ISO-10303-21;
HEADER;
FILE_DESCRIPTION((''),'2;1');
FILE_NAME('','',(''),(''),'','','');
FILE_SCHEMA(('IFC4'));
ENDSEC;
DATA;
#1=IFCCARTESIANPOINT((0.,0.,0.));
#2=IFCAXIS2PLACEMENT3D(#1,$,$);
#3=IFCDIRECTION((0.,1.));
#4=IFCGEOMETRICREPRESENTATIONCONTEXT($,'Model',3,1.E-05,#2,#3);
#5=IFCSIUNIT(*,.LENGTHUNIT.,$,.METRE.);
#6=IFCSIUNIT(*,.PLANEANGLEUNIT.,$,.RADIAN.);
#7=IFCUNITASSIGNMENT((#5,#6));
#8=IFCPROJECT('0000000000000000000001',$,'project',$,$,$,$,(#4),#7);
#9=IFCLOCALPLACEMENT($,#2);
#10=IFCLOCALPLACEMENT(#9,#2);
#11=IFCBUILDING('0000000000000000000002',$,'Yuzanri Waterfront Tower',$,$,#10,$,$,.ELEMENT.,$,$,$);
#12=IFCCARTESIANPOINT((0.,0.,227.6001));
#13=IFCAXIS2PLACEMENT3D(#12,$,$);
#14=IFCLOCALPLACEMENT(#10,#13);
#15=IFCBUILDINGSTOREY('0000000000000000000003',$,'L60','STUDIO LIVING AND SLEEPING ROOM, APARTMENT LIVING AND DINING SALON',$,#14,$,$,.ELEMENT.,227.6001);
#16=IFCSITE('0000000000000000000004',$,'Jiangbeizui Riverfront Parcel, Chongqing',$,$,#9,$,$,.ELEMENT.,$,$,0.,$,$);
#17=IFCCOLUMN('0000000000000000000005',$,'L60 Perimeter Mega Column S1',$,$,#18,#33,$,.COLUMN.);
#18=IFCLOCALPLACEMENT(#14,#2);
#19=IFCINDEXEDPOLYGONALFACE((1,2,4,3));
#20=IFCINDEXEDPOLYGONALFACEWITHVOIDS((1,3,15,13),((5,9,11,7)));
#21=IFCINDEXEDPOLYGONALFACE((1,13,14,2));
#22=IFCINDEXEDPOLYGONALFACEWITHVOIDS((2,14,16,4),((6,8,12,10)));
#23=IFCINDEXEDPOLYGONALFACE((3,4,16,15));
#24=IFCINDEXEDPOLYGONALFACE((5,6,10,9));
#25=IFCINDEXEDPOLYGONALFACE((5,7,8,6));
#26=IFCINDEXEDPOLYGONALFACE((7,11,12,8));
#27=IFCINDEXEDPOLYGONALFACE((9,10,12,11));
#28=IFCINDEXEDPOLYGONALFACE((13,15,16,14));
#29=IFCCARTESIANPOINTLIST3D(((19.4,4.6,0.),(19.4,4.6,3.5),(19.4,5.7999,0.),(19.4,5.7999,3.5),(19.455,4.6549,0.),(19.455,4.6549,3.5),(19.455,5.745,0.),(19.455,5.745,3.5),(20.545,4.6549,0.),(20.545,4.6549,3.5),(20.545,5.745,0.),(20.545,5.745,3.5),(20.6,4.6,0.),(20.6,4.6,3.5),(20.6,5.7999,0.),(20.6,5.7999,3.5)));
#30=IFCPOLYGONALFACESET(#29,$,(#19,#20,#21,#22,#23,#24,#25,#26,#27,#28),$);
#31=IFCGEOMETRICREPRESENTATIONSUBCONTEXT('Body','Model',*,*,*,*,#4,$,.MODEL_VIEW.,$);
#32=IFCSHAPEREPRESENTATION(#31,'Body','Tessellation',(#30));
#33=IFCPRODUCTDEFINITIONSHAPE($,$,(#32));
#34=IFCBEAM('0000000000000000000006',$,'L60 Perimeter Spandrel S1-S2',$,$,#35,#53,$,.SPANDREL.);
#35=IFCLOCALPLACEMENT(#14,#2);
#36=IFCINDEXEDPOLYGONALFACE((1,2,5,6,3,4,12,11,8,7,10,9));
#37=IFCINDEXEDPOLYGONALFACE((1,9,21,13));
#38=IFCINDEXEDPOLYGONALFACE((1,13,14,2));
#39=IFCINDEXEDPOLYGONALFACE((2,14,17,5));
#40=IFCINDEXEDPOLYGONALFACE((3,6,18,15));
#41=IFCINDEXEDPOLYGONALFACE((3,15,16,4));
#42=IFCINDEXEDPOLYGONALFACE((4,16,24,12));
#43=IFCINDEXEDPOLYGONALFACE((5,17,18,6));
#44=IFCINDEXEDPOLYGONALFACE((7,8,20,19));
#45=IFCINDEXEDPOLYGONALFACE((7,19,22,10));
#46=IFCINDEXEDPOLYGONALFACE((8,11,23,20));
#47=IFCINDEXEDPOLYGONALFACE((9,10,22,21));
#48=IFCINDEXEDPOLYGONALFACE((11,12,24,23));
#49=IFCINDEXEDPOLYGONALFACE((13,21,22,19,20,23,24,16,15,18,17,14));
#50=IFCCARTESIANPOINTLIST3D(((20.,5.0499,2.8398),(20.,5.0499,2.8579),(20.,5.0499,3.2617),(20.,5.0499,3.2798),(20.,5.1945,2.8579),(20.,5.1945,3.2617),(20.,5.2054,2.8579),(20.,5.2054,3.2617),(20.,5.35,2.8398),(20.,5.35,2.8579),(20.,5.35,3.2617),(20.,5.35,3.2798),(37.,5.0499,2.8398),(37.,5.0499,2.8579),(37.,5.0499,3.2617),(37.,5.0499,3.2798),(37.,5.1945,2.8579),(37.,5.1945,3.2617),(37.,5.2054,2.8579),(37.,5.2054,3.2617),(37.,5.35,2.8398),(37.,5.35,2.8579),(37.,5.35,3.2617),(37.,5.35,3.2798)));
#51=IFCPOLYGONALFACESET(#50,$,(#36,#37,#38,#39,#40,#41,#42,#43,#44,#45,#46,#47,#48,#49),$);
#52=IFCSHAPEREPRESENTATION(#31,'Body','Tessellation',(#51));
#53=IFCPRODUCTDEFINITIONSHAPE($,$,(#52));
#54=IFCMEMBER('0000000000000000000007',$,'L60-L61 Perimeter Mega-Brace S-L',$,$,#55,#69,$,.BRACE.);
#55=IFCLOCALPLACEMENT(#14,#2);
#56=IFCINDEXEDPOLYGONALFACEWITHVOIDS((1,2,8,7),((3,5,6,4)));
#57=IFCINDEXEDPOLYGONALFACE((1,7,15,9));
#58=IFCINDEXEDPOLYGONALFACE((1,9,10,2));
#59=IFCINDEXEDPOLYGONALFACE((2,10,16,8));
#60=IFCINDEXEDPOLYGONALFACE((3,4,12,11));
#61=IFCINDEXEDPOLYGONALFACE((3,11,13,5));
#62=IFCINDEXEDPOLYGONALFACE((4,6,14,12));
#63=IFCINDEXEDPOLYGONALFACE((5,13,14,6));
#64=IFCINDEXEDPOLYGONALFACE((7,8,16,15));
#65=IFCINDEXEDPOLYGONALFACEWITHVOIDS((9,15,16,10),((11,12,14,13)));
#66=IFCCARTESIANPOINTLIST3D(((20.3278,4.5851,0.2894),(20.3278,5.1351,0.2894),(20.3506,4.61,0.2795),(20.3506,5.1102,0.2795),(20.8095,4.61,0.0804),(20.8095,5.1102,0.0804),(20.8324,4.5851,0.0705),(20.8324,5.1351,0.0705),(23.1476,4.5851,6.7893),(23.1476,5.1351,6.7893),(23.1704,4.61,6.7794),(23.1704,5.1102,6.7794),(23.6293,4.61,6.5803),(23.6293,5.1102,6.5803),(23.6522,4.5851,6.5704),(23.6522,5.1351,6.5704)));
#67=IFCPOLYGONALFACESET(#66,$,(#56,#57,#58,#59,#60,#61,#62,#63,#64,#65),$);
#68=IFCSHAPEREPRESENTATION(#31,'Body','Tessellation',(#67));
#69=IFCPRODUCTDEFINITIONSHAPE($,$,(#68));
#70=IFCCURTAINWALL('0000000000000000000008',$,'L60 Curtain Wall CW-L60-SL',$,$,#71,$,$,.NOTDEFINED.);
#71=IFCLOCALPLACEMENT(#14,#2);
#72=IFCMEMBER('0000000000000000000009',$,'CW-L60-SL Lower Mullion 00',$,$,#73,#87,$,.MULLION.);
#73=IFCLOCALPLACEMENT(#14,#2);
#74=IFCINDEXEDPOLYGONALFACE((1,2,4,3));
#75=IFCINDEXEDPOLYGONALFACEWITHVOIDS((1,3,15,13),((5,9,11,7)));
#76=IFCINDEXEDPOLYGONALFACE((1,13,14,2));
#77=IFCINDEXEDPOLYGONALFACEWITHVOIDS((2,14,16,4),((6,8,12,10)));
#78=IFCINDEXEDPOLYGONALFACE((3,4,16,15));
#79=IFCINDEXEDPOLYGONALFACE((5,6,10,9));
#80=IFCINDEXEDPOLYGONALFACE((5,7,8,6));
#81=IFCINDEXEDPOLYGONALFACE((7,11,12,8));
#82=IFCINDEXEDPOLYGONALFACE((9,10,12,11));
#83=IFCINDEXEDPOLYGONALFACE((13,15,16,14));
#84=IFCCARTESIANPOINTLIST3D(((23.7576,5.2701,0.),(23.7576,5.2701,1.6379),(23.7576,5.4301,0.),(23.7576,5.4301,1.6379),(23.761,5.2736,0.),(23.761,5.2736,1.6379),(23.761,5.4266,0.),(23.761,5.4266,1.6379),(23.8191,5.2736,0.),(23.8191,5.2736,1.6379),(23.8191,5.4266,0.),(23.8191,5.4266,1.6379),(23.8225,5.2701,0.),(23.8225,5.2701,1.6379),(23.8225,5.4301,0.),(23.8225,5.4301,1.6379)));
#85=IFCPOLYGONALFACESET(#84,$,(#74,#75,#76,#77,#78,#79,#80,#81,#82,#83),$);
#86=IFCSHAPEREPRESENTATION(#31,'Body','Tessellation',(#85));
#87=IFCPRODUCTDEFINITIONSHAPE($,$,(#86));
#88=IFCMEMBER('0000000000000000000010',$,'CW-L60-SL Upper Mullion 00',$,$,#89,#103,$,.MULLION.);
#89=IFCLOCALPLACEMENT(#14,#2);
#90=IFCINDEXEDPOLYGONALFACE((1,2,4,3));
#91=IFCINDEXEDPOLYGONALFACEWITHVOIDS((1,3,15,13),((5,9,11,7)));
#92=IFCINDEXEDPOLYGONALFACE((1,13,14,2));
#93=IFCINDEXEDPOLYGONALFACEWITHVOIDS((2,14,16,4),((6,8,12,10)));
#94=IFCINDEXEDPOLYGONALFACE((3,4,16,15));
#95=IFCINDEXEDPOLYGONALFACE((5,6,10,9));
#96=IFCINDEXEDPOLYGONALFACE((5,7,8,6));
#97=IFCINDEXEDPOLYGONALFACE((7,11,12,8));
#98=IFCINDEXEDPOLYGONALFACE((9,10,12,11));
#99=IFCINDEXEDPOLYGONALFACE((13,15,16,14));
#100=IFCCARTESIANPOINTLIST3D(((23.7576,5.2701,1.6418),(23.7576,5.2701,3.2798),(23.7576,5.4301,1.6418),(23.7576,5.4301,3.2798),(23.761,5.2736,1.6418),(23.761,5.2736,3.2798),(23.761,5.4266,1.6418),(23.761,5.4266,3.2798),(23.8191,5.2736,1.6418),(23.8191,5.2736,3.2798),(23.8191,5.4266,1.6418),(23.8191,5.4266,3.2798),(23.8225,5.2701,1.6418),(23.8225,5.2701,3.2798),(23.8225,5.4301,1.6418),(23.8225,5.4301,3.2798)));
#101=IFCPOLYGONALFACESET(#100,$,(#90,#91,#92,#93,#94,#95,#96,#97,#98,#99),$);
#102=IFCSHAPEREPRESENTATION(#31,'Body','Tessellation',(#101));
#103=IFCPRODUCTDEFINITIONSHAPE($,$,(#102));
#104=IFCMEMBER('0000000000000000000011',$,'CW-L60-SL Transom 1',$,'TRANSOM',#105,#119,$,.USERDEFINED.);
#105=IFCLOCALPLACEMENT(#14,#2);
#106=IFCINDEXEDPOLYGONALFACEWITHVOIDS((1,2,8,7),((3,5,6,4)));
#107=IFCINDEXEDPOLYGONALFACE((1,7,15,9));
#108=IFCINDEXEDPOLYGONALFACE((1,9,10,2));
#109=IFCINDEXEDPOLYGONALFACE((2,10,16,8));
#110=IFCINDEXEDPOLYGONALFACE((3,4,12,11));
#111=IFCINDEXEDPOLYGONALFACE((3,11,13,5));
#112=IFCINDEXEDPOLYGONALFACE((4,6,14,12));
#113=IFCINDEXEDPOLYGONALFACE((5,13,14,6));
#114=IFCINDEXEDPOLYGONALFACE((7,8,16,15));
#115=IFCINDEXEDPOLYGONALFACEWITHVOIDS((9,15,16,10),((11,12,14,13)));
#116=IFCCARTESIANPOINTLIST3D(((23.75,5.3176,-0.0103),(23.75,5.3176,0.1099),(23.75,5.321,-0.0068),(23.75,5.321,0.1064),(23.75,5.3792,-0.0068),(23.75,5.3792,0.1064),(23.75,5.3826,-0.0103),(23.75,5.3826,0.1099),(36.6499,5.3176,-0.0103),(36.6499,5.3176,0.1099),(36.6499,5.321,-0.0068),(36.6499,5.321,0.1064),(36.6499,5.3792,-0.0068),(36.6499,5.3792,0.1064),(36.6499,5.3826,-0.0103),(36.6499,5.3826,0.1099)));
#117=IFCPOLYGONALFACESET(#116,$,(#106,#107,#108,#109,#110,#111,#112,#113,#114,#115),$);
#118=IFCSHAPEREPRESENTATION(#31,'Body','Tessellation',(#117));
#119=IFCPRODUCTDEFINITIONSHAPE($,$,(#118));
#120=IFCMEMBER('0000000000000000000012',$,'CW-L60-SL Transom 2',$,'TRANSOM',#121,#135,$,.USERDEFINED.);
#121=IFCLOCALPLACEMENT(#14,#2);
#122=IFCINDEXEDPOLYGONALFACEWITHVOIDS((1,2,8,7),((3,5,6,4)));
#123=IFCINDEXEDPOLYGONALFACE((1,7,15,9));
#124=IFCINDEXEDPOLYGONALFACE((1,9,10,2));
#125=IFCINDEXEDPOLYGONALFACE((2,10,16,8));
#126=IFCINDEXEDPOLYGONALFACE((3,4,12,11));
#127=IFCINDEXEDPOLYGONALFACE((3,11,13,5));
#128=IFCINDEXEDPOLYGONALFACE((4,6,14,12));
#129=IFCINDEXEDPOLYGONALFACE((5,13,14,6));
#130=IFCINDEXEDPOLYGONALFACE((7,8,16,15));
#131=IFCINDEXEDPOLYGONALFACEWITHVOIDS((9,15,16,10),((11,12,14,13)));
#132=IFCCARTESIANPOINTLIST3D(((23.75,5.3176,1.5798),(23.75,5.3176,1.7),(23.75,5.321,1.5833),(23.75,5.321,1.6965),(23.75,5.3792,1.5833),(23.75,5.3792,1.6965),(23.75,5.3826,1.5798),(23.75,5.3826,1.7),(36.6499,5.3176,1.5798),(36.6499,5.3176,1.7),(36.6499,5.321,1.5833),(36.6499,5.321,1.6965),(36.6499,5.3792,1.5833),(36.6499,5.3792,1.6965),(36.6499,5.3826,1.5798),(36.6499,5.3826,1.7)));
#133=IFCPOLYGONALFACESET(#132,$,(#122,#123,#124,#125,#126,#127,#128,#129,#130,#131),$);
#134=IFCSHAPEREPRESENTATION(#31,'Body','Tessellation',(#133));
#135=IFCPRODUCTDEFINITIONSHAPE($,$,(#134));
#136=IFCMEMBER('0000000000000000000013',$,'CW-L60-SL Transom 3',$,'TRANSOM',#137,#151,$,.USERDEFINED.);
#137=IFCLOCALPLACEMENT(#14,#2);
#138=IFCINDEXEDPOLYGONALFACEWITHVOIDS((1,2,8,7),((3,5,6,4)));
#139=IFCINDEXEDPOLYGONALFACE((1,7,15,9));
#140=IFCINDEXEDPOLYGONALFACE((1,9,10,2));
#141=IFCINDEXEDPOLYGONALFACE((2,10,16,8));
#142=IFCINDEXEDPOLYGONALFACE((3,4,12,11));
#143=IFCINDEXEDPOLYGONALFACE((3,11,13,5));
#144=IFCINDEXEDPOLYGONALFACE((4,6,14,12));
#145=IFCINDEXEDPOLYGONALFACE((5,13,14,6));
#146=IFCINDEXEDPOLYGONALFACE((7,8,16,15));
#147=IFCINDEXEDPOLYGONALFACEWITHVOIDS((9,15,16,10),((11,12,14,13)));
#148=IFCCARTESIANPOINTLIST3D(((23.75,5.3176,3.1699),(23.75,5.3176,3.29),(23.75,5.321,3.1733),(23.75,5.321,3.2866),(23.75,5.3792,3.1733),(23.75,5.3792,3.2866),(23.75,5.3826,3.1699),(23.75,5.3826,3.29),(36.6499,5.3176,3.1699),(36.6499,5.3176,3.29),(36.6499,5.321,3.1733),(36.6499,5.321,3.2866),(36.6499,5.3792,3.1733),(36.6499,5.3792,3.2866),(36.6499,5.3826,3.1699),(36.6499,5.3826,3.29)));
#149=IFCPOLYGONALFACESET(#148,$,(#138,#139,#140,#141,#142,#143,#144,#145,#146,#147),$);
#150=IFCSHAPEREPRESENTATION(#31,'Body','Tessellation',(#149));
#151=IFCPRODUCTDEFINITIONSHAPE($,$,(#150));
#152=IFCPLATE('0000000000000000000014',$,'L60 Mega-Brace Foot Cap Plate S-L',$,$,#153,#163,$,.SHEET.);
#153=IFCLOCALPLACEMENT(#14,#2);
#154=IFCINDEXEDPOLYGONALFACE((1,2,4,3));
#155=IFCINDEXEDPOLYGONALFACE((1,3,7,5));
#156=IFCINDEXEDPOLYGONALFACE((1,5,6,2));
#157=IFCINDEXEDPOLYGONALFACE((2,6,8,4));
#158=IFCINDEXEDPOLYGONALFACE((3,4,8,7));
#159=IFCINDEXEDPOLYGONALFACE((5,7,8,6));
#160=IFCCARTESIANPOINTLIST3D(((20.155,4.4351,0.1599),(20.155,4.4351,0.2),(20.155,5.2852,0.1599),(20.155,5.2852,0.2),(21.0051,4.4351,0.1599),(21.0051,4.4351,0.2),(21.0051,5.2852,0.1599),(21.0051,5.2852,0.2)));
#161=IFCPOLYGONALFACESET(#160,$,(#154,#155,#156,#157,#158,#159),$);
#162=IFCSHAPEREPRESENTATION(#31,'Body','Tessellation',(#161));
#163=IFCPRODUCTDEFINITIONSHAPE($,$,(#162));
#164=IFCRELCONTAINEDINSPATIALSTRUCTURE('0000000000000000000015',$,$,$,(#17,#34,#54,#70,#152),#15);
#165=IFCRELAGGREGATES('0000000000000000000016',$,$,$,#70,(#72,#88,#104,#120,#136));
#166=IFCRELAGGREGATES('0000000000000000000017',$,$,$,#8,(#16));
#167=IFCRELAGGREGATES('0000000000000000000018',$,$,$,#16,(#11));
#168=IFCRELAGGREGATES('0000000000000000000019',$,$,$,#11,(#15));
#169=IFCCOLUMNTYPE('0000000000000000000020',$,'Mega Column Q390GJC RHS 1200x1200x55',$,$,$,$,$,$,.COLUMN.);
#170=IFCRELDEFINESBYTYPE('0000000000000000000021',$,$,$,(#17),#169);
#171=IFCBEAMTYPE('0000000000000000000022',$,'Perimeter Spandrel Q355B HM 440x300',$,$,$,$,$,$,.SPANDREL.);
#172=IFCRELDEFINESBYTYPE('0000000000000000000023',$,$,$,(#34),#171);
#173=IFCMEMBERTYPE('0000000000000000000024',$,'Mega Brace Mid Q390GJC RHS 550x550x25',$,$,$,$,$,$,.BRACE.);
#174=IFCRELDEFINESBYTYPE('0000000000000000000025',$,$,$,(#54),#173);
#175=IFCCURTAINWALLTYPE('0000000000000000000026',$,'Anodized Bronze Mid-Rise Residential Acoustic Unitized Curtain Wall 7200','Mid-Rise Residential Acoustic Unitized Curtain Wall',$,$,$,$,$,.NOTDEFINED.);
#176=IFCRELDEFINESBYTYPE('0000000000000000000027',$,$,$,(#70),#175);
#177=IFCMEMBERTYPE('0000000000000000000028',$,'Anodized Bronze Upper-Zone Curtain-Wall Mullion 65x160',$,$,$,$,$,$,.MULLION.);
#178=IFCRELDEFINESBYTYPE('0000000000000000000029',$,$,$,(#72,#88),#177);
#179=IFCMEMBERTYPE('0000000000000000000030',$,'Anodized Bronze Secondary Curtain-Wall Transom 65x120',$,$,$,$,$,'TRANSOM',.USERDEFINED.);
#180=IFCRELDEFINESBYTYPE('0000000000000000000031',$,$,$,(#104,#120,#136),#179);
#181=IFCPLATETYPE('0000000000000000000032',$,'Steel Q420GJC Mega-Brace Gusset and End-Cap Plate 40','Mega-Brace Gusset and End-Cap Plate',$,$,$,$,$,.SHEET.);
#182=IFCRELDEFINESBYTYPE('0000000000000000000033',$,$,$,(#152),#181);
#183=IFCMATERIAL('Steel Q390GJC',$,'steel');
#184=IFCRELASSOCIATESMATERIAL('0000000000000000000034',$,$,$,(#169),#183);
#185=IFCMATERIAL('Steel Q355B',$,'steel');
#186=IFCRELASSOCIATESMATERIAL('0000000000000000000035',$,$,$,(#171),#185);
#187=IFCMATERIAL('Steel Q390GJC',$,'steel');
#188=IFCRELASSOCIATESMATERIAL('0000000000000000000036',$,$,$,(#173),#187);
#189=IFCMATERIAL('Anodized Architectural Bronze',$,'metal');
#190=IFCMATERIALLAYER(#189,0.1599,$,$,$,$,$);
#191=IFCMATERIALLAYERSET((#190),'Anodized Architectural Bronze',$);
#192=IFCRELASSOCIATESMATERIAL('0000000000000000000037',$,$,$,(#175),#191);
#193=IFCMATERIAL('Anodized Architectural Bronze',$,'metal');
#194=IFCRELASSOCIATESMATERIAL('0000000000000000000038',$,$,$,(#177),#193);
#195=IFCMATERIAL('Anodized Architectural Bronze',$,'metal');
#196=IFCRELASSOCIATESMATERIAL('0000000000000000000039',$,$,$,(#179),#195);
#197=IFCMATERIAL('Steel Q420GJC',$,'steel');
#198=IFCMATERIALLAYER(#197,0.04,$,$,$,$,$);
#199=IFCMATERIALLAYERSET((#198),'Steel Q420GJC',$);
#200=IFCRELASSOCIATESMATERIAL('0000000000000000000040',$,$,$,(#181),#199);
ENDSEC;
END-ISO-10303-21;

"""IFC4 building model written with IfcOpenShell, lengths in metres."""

from ifc_helpers import new_model, si_unit, direction, frame, origin, origin_2d, place, context, subcontext, project, spatial, rectangle, hollow_rectangle, i_section, extrude, source, transform, mapped, material, layer, layer_set, material_profile, profile_set, type_object, element, aggregate, save


model = new_model("IFC4")

# Units and contexts
model_context = context("Model", 3, precision=1e-05, world=origin(), true_north=direction((0.0, 1.0)))
body_context = subcontext(model_context, "Body", "Model", "MODEL_VIEW")
ifc_project = project(units=[si_unit("LENGTHUNIT", "METRE"), si_unit("PLANEANGLEUNIT", "RADIAN")], contexts=[model_context])

# Site, building, storey
site_placement = place(None, origin())
site = spatial("IfcSite", under=ifc_project, at=site_placement, Name="Jiangbeizui Riverfront Parcel, Chongqing", CompositionType="ELEMENT", RefElevation=0.0)
building_placement = place(site_placement, origin())
building = spatial("IfcBuilding", under=site, at=building_placement, Name="Yuzanri Waterfront Tower", CompositionType="ELEMENT")
storey_placement = place(building_placement, frame((0.0, 0.0, 227.6001)))
storey = spatial("IfcBuildingStorey", under=building, at=storey_placement, Name="L60", Description="STUDIO LIVING AND SLEEPING ROOM, APARTMENT LIVING AND DINING SALON", CompositionType="ELEMENT", Elevation=227.6001)

# Column
ifc_material_1 = material(Name="Steel Q390GJC", Category="steel")
ifc_material_profile_1 = material_profile(ifc_material_1, hollow_rectangle(XDim=1.2, YDim=1.2, WallThickness=0.0549, at=origin_2d()), Name="RHS 1200x1200x55")
ifc_profile_set_1 = profile_set([ifc_material_profile_1], Name="Steel Q390GJC")
column_type = type_object("IfcColumnType", Name="Mega Column Q390GJC RHS 1200x1200x55", PredefinedType="COLUMN", material=ifc_profile_set_1)
shared_shape_1 = source(origin(), body_context, "Body", "SweptSolid", [
    extrude(hollow_rectangle(XDim=1.2, YDim=1.2, WallThickness=0.0549, at=origin_2d()), origin(), (0.0, 0.0, 1.0), 3.5),
])
column_placement = place(storey_placement, frame((20.0, 5.2, 0.0), z_axis=(0.0, 0.0, 1.0), x_axis=(1.0, 0.0, 0.0)))
element("IfcColumn", 1, at=column_placement, inside=storey, type_object=column_type, Name="L60 Perimeter Mega Column S1", PredefinedType="COLUMN", context=body_context, shape_type="MappedRepresentation", body=[
    mapped(shared_shape_1, transform((0.0, 0.0, 0.0), scale=1.0)),
])

# Beam
ifc_material_2 = material(Name="Steel Q355B", Category="steel")
ifc_material_profile_2 = material_profile(ifc_material_2, i_section(OverallWidth=0.3, OverallDepth=0.4399, WebThickness=0.011, FlangeThickness=0.0181, at=origin_2d()), Name="HM 440x300x11x18")
ifc_profile_set_2 = profile_set([ifc_material_profile_2], Name="Steel Q355B")
beam_type = type_object("IfcBeamType", Name="Perimeter Spandrel Q355B HM 440x300", PredefinedType="SPANDREL", material=ifc_profile_set_2)
shared_shape_2 = source(origin(), body_context, "Body", "SweptSolid", [
    extrude(i_section(OverallWidth=0.3, OverallDepth=0.4399, WebThickness=0.011, FlangeThickness=0.0181, at=origin_2d()), origin(), (0.0, 0.0, 1.0), 17.0),
])
beam_placement = place(storey_placement, frame((20.0, 5.2, 3.0598), z_axis=(1.0, 0.0, 0.0), x_axis=(0.0, 1.0, 0.0)))
element("IfcBeam", 2, at=beam_placement, inside=storey, type_object=beam_type, Name="L60 Perimeter Spandrel S1-S2", PredefinedType="SPANDREL", context=body_context, shape_type="MappedRepresentation", body=[
    mapped(shared_shape_2, transform((0.0, 0.0, 0.0), scale=1.0)),
])

# Member
ifc_material_3 = material(Name="Steel Q390GJC", Category="steel")
ifc_material_profile_3 = material_profile(ifc_material_3, hollow_rectangle(XDim=0.55, YDim=0.55, WallThickness=0.0249, at=origin_2d()), Name="RHS 550x550x25")
ifc_profile_set_3 = profile_set([ifc_material_profile_3], Name="Steel Q390GJC")
member_type_1 = type_object("IfcMemberType", Name="Mega Brace Mid Q390GJC RHS 550x550x25", PredefinedType="BRACE", material=ifc_profile_set_3)
shared_shape_3 = source(origin(), body_context, "Body", "SweptSolid", [
    extrude(hollow_rectangle(XDim=0.55, YDim=0.55, WallThickness=0.0249, at=origin_2d()), origin(), (0.0, 0.0, 1.0), 7.0852),
])
member_1_placement = place(storey_placement, frame((20.5801, 4.8601, 0.1799), z_axis=(0.397983, 0.0, 0.917393), x_axis=(0.0, 1.0, 0.0)))
element("IfcMember", 3, at=member_1_placement, inside=storey, type_object=member_type_1, Name="L60-L61 Perimeter Mega-Brace S-L", PredefinedType="BRACE", context=body_context, shape_type="MappedRepresentation", body=[
    mapped(shared_shape_3, transform((0.0, 0.0, 0.0), scale=1.0)),
])

# Curtain wall, members
ifc_material_4 = material(Name="Anodized Architectural Bronze", Category="metal")
ifc_layer_1 = layer(ifc_material_4, 0.1599)
ifc_layer_set_1 = layer_set([ifc_layer_1], Name="Anodized Architectural Bronze")
curtain_wall_type = type_object("IfcCurtainWallType", Name="Anodized Bronze Mid-Rise Residential Acoustic Unitized Curtain Wall 7200", Description="Mid-Rise Residential Acoustic Unitized Curtain Wall", PredefinedType="NOTDEFINED", material=ifc_layer_set_1)
curtain_wall_1_placement = place(storey_placement, origin())
curtain_wall_1 = element("IfcCurtainWall", 4, at=curtain_wall_1_placement, inside=storey, type_object=curtain_wall_type, Name="L60 Curtain Wall CW-L60-SL", PredefinedType="NOTDEFINED")
ifc_material_5 = material(Name="Anodized Architectural Bronze", Category="metal")
ifc_material_profile_4 = material_profile(ifc_material_5, hollow_rectangle(XDim=0.0649, YDim=0.1599, WallThickness=0.0034, at=origin_2d()), Name="CWM 65x160")
ifc_profile_set_4 = profile_set([ifc_material_profile_4], Name="Anodized Architectural Bronze")
member_type_2 = type_object("IfcMemberType", Name="Anodized Bronze Upper-Zone Curtain-Wall Mullion 65x160", PredefinedType="MULLION", material=ifc_profile_set_4)
shared_shape_4 = source(origin(), body_context, "Body", "SweptSolid", [
    extrude(hollow_rectangle(XDim=0.0649, YDim=0.1599, WallThickness=0.0034, at=origin_2d()), origin(), (0.0, 0.0, 1.0), 1.6379),
])
member_2_placement = place(storey_placement, frame((23.79, 5.3501, 0.0), z_axis=(0.0, 0.0, 1.0), x_axis=(1.0, 0.0, 0.0)))
member_2 = element("IfcMember", 5, at=member_2_placement, type_object=member_type_2, Name="CW-L60-SL Lower Mullion 00", PredefinedType="MULLION", context=body_context, shape_type="MappedRepresentation", body=[
    mapped(shared_shape_4, transform((0.0, 0.0, 0.0), scale=1.0)),
])
member_3_placement = place(storey_placement, frame((23.79, 5.3501, 1.6418), z_axis=(0.0, 0.0, 1.0), x_axis=(1.0, 0.0, 0.0)))
member_3 = element("IfcMember", 6, at=member_3_placement, type_object=member_type_2, Name="CW-L60-SL Upper Mullion 00", PredefinedType="MULLION", context=body_context, shape_type="MappedRepresentation", body=[
    mapped(shared_shape_4, transform((0.0, 0.0, 0.0), scale=1.0)),
])
ifc_material_6 = material(Name="Anodized Architectural Bronze", Category="metal")
ifc_material_profile_5 = material_profile(ifc_material_6, hollow_rectangle(XDim=0.0649, YDim=0.1201, WallThickness=0.0034, at=origin_2d()), Name="CWT 65x120")
ifc_profile_set_5 = profile_set([ifc_material_profile_5], Name="Anodized Architectural Bronze")
member_type_3 = type_object("IfcMemberType", Name="Anodized Bronze Secondary Curtain-Wall Transom 65x120", ElementType="TRANSOM", PredefinedType="USERDEFINED", material=ifc_profile_set_5)
shared_shape_5 = source(origin(), body_context, "Body", "SweptSolid", [
    extrude(hollow_rectangle(XDim=0.0649, YDim=0.1201, WallThickness=0.0034, at=origin_2d()), origin(), (0.0, 0.0, 1.0), 12.8999),
])
member_4_placement = place(storey_placement, frame((23.75, 5.3501, 0.0498), z_axis=(1.0, 0.0, 0.0), x_axis=(0.0, 1.0, 0.0)))
member_4 = element("IfcMember", 7, at=member_4_placement, type_object=member_type_3, Name="CW-L60-SL Transom 1", ObjectType="TRANSOM", PredefinedType="USERDEFINED", context=body_context, shape_type="MappedRepresentation", body=[
    mapped(shared_shape_5, transform((0.0, 0.0, 0.0), scale=1.0)),
])
member_5_placement = place(storey_placement, frame((23.75, 5.3501, 1.6399), z_axis=(1.0, 0.0, 0.0), x_axis=(0.0, 1.0, 0.0)))
member_5 = element("IfcMember", 8, at=member_5_placement, type_object=member_type_3, Name="CW-L60-SL Transom 2", ObjectType="TRANSOM", PredefinedType="USERDEFINED", context=body_context, shape_type="MappedRepresentation", body=[
    mapped(shared_shape_5, transform((0.0, 0.0, 0.0), scale=1.0)),
])
member_6_placement = place(storey_placement, frame((23.75, 5.3501, 3.23), z_axis=(1.0, 0.0, 0.0), x_axis=(0.0, 1.0, 0.0)))
member_6 = element("IfcMember", 9, at=member_6_placement, type_object=member_type_3, Name="CW-L60-SL Transom 3", ObjectType="TRANSOM", PredefinedType="USERDEFINED", context=body_context, shape_type="MappedRepresentation", body=[
    mapped(shared_shape_5, transform((0.0, 0.0, 0.0), scale=1.0)),
])
aggregate(curtain_wall_1, [member_2, member_3, member_4, member_5, member_6])

# Plate
ifc_material_7 = material(Name="Steel Q420GJC", Category="steel")
ifc_layer_2 = layer(ifc_material_7, 0.04)
ifc_layer_set_2 = layer_set([ifc_layer_2], Name="Steel Q420GJC")
plate_type_1 = type_object("IfcPlateType", Name="Steel Q420GJC Mega-Brace Gusset and End-Cap Plate 40", Description="Mega-Brace Gusset and End-Cap Plate", PredefinedType="SHEET", material=ifc_layer_set_2)
shared_shape_6 = source(origin(), body_context, "Body", "SweptSolid", [
    extrude(rectangle(XDim=0.8501, YDim=0.8501, at=origin_2d()), origin(), (0.0, 0.0, 1.0), 0.04),
])
plate_1_placement = place(storey_placement, frame((20.5801, 4.8601, 0.1599), z_axis=(0.0, 0.0, 1.0), x_axis=(1.0, 0.0, 0.0)))
element("IfcPlate", 10, at=plate_1_placement, inside=storey, type_object=plate_type_1, Name="L60 Mega-Brace Foot Cap Plate S-L", PredefinedType="SHEET", context=body_context, shape_type="MappedRepresentation", body=[
    mapped(shared_shape_6, transform((0.0, 0.0, 0.0), scale=1.0)),
])

save(model, "model.ifc")
